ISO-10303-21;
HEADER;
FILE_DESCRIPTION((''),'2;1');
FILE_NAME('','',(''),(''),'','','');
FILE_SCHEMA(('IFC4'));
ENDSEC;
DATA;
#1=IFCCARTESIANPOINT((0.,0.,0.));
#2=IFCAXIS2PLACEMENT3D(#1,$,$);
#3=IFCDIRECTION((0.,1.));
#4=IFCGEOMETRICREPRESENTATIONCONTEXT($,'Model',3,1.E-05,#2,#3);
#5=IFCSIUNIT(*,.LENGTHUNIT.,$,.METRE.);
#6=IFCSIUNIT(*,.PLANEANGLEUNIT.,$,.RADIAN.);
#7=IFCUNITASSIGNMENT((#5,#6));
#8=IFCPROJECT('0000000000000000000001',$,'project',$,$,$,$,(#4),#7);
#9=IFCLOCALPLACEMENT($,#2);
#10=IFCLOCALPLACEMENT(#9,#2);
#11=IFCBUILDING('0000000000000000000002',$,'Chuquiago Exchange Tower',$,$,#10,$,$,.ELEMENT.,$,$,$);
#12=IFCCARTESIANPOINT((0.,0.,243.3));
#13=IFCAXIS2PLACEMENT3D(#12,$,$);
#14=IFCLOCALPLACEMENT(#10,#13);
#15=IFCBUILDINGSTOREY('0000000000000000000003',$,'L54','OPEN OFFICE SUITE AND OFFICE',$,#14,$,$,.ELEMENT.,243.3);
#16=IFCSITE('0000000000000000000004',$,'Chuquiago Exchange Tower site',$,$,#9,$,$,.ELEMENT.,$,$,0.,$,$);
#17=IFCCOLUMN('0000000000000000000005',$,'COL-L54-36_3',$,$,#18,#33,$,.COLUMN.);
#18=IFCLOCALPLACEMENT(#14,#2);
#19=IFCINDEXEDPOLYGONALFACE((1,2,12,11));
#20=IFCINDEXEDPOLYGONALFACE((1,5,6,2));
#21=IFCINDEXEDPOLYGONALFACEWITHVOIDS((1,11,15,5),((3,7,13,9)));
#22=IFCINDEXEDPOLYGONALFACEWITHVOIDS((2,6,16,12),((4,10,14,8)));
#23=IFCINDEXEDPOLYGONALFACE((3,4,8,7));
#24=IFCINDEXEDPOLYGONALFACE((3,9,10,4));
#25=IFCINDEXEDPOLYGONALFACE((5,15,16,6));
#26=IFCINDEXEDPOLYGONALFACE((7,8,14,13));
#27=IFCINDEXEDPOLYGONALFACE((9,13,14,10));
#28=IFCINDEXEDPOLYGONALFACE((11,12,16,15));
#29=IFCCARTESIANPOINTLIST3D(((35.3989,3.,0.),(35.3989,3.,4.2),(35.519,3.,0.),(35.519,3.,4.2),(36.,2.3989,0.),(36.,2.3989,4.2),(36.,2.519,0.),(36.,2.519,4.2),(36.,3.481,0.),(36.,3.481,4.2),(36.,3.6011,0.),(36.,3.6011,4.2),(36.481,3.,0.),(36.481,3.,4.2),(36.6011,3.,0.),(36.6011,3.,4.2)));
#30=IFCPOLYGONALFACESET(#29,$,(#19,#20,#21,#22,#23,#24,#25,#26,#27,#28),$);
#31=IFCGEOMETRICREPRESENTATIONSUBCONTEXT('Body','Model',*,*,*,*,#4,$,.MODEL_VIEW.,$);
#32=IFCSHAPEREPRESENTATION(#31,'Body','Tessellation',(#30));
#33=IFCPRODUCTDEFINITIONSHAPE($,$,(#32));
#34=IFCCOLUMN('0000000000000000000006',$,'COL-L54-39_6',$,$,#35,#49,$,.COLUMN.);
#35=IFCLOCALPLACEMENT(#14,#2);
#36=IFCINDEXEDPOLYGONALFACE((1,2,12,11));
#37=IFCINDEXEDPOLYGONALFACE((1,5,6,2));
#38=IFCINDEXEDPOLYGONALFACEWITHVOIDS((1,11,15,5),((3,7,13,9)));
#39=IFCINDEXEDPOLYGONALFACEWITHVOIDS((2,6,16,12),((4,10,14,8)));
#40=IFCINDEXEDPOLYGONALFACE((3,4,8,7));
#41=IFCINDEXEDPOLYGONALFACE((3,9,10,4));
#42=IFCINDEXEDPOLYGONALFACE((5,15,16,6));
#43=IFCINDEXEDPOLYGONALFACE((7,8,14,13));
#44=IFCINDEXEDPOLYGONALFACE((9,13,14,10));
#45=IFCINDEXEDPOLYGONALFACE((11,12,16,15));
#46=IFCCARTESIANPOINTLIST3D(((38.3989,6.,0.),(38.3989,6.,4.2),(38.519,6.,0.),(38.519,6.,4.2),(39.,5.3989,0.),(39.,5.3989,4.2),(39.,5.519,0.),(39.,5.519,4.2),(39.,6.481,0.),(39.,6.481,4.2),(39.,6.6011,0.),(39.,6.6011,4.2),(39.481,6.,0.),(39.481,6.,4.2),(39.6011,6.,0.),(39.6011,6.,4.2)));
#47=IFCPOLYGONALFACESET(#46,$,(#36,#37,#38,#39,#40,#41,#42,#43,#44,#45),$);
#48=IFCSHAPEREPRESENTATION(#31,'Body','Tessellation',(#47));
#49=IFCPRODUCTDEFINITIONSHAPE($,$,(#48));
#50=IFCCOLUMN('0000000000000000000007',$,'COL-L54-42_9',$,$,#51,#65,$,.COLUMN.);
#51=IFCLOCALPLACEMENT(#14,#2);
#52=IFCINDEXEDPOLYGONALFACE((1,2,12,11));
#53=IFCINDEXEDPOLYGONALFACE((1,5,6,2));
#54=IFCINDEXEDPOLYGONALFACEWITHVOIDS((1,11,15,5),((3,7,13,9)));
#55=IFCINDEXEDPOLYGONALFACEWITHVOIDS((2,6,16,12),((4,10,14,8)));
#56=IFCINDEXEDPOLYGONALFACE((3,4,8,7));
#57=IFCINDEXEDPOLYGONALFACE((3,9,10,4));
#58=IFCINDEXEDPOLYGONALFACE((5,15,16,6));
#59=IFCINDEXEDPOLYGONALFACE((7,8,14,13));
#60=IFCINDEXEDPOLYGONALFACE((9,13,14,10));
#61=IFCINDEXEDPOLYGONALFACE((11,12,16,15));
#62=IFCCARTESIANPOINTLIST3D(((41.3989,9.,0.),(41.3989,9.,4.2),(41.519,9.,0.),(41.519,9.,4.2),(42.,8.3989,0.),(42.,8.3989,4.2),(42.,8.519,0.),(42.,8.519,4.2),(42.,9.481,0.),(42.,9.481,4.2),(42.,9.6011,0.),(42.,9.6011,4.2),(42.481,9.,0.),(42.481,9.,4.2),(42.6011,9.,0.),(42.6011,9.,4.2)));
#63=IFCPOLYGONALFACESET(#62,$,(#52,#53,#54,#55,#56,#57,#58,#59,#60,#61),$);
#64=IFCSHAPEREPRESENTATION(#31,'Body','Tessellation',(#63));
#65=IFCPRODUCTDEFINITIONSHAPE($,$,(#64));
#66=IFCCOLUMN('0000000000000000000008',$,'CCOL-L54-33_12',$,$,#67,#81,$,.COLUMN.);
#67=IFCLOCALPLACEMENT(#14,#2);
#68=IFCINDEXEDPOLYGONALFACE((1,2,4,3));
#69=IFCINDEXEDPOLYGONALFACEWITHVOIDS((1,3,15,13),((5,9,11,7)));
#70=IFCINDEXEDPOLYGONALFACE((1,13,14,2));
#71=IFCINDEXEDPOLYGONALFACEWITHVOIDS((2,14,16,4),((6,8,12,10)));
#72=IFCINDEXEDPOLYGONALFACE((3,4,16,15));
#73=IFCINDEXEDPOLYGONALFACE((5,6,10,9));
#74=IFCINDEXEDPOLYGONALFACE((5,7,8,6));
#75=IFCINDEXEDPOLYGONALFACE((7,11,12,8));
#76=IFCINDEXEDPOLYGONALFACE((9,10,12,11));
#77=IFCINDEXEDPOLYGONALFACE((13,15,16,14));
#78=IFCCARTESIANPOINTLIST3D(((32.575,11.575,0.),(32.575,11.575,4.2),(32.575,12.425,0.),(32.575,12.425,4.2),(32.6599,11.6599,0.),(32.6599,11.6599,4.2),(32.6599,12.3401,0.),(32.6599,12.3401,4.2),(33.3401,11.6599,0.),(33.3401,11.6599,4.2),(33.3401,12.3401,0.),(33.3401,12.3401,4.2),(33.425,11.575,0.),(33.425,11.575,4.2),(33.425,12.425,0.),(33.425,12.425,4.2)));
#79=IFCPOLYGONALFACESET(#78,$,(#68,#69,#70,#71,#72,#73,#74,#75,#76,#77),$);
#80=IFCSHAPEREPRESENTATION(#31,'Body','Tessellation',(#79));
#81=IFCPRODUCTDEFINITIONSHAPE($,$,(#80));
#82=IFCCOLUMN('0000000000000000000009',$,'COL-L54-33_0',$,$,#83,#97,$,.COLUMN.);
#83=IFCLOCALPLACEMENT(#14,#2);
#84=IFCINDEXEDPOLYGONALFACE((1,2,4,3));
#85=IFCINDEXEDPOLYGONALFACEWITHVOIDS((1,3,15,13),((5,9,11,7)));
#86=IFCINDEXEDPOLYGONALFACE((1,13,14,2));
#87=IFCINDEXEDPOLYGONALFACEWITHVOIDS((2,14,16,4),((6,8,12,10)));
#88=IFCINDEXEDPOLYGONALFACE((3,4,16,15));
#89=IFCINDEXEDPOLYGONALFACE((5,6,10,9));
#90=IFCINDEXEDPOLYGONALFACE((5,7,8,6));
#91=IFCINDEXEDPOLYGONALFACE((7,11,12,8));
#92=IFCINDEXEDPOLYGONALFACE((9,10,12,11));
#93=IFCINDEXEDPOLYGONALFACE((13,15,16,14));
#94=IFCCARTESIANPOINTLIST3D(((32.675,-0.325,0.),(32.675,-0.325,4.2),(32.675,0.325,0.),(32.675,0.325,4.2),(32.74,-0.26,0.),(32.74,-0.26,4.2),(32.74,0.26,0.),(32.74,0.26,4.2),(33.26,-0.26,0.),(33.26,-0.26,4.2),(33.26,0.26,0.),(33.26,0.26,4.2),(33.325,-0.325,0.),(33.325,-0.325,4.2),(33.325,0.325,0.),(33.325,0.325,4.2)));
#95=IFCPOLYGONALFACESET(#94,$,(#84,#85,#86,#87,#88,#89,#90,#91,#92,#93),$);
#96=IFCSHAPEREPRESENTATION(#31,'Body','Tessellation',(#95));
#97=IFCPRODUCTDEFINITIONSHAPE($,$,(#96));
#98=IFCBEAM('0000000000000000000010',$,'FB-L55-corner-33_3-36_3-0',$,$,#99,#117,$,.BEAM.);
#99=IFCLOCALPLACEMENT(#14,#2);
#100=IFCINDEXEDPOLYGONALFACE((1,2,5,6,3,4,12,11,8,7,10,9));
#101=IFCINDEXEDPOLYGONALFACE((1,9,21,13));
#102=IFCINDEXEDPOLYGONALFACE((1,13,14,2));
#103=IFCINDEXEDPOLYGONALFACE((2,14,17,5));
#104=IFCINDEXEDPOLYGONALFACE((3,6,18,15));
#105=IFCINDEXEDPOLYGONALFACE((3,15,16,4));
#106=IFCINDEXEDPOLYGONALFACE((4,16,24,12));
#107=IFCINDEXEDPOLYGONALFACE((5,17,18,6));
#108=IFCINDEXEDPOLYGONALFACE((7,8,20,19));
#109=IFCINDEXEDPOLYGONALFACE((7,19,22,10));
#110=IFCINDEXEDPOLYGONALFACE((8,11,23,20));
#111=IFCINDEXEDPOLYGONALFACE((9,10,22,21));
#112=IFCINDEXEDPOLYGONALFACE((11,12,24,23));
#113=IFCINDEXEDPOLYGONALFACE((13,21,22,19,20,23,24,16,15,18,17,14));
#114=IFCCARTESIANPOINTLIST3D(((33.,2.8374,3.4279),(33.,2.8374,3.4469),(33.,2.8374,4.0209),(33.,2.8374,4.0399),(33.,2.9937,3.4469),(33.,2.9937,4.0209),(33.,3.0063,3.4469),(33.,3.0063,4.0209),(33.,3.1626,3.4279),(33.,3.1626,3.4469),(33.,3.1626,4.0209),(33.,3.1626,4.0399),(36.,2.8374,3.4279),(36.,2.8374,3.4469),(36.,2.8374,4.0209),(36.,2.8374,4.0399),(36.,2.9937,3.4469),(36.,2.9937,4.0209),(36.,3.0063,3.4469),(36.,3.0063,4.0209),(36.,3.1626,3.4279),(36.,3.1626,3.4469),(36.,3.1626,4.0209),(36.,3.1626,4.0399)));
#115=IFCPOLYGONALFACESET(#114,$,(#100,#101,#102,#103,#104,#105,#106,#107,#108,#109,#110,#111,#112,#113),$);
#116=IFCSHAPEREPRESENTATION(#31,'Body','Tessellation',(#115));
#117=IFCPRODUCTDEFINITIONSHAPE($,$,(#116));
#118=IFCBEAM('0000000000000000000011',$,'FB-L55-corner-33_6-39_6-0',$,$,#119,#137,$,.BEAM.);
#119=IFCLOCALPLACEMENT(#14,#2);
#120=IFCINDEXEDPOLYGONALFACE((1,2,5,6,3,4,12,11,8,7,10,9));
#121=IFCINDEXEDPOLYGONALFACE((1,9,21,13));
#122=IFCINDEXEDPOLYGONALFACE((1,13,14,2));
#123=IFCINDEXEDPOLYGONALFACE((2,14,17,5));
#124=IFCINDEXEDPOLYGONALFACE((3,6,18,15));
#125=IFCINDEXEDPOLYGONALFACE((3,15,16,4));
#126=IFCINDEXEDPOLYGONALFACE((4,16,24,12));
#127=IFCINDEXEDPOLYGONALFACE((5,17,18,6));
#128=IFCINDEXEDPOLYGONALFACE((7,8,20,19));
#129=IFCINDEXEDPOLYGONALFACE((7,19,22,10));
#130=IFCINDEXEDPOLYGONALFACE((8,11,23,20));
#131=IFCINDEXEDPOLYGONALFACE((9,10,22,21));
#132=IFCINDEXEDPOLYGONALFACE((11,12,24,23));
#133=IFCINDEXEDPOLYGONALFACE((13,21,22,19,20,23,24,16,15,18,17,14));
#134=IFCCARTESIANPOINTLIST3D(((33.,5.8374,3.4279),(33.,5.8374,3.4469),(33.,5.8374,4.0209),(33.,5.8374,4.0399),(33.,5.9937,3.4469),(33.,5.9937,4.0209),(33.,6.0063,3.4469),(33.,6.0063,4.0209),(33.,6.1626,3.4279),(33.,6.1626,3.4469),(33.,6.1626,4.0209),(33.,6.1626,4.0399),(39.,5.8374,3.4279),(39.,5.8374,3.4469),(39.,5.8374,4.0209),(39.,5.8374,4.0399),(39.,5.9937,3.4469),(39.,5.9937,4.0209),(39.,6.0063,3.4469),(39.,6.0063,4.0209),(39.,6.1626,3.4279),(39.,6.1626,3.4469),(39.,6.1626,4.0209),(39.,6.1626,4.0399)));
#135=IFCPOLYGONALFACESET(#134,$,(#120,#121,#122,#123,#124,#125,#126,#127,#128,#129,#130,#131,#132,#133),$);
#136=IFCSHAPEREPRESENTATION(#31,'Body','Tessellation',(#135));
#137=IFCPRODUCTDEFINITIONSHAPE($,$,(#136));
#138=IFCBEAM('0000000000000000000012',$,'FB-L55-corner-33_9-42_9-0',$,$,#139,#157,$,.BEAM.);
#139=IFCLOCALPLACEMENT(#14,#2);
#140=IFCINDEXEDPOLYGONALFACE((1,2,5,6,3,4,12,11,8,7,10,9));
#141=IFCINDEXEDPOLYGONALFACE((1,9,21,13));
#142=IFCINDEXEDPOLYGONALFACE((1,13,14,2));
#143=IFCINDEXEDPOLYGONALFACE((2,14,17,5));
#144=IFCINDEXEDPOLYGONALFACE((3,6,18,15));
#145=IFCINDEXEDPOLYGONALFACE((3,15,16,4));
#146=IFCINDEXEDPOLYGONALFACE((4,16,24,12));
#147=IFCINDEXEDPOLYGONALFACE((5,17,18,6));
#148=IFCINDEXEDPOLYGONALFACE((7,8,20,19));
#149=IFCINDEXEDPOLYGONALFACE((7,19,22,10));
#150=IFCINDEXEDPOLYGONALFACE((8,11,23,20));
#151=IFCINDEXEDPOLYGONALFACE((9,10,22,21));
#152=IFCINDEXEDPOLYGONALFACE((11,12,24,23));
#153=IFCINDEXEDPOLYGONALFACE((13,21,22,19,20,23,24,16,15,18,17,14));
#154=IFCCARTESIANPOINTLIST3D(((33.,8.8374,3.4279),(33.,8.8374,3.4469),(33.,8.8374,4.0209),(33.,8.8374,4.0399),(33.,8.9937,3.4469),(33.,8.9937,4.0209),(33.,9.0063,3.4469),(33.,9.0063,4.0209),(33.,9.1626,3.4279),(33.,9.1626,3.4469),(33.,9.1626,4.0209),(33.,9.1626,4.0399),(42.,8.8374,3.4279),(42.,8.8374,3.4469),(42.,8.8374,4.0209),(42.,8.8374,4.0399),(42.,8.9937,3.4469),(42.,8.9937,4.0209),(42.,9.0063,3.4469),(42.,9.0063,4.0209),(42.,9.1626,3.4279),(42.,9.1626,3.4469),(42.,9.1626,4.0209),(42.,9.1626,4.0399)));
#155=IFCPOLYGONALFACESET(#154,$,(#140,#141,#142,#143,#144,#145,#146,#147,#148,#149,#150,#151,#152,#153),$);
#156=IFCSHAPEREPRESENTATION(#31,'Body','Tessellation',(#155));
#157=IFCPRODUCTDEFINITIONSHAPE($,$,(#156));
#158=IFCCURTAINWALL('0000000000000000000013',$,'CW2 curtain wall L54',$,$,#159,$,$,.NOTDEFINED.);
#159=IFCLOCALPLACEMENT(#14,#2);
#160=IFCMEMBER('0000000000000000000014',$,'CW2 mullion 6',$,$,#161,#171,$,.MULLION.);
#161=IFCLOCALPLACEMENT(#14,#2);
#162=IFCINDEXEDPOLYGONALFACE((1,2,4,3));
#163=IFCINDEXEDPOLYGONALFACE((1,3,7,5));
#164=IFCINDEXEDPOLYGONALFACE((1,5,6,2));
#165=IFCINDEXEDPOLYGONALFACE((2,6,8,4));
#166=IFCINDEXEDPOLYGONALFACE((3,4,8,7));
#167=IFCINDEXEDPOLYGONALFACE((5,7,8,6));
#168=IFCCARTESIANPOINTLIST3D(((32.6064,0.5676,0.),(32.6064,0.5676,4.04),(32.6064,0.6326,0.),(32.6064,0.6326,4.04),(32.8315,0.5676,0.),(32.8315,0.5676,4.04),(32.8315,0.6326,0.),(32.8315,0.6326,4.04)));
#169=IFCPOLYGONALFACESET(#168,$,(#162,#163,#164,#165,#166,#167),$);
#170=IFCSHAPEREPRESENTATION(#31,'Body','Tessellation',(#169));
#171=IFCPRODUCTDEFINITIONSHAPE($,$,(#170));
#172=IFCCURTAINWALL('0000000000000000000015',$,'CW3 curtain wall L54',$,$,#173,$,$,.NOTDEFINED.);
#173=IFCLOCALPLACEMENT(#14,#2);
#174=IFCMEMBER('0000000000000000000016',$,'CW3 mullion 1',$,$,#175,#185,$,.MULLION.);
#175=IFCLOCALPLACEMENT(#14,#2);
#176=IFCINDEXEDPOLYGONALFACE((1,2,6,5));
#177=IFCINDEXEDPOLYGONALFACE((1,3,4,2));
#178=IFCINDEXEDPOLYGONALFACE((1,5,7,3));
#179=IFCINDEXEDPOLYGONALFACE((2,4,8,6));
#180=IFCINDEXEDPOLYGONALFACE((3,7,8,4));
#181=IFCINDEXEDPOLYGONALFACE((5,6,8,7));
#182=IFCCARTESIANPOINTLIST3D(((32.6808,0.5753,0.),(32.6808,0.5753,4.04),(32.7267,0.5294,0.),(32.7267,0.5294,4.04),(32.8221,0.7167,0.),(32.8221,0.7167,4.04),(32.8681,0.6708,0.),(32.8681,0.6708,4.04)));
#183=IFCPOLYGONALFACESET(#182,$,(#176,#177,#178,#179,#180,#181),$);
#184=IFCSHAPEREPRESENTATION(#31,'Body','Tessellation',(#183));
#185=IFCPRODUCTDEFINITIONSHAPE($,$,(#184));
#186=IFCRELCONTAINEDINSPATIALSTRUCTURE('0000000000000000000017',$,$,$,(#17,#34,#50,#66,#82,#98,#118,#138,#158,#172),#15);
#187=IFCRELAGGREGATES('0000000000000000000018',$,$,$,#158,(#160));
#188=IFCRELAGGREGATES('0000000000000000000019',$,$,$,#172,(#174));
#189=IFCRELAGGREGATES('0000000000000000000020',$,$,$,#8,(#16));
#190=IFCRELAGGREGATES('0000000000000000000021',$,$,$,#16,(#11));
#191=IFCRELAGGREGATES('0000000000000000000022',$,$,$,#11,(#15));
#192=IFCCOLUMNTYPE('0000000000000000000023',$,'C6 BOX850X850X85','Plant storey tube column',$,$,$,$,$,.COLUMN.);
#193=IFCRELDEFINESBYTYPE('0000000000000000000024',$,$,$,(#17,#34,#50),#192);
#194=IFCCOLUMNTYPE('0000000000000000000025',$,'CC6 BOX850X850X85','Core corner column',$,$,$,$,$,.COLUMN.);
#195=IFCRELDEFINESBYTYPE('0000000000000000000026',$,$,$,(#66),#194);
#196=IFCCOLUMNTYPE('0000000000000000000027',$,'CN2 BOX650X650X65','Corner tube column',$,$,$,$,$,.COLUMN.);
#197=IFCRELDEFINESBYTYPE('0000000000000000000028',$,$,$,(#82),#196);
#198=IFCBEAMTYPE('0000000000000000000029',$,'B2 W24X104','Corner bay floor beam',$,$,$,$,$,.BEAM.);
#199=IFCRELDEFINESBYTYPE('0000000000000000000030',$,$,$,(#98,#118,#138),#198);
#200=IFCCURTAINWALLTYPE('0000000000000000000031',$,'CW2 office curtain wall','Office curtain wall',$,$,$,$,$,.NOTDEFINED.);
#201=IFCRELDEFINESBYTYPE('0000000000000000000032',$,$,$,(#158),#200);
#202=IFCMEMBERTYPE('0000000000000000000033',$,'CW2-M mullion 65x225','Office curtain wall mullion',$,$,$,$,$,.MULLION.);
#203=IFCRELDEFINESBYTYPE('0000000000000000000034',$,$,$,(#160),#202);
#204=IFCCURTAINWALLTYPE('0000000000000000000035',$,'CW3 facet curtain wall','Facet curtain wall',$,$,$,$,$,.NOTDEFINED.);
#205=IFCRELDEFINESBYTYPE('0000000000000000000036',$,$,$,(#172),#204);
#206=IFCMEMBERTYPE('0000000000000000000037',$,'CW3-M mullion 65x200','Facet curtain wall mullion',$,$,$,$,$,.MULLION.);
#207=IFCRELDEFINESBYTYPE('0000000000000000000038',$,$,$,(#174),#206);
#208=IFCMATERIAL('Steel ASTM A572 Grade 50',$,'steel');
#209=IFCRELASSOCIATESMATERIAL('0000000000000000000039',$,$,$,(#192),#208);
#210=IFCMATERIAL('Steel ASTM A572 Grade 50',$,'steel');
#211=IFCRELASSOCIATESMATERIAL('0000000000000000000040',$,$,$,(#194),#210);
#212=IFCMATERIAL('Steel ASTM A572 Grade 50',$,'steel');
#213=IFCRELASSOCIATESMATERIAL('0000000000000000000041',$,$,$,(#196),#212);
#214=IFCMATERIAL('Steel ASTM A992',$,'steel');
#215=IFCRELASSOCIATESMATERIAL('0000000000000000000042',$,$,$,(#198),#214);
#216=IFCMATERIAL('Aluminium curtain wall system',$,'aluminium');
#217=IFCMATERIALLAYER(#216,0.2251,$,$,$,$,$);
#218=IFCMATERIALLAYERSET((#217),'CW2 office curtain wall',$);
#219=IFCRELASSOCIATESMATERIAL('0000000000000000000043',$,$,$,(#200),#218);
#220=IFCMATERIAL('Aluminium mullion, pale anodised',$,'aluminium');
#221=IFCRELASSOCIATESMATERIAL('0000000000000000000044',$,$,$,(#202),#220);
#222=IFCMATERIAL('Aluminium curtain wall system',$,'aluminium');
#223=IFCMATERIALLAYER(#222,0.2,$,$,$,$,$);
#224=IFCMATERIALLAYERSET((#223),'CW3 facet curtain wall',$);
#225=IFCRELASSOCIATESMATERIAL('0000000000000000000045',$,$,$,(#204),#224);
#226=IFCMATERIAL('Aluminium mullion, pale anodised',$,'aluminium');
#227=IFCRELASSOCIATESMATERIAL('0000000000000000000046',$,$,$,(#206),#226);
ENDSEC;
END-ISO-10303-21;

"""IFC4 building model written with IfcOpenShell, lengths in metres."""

from ifc_helpers import new_model, si_unit, direction, frame, origin, origin_2d, place, context, subcontext, project, spatial, rectangle, hollow_rectangle, i_section, extrude, material, layer, layer_set, material_profile, profile_set, type_object, element, aggregate, save


model = new_model("IFC4")

# Units and contexts
model_context = context("Model", 3, precision=1e-05, world=origin(), true_north=direction((0.0, 1.0)))
body_context = subcontext(model_context, "Body", "Model", "MODEL_VIEW")
ifc_project = project(units=[si_unit("LENGTHUNIT", "METRE"), si_unit("PLANEANGLEUNIT", "RADIAN")], contexts=[model_context])

# Site, building, storey
site_placement = place(None, origin())
site = spatial("IfcSite", under=ifc_project, at=site_placement, Name="Chuquiago Exchange Tower site", CompositionType="ELEMENT", RefElevation=0.0)
building_placement = place(site_placement, origin())
building = spatial("IfcBuilding", under=site, at=building_placement, Name="Chuquiago Exchange Tower", CompositionType="ELEMENT")
storey_placement = place(building_placement, frame((0.0, 0.0, 243.3)))
storey = spatial("IfcBuildingStorey", under=building, at=storey_placement, Name="L54", Description="OPEN OFFICE SUITE AND OFFICE", CompositionType="ELEMENT", Elevation=243.3)

# Columns
ifc_material_1 = material(Name="Steel ASTM A572 Grade 50", Category="steel")
ifc_material_profile_1 = material_profile(ifc_material_1, hollow_rectangle(XDim=0.8501, YDim=0.8501, WallThickness=0.085, at=origin_2d()), Name="BOX850X850X85")
ifc_profile_set_1 = profile_set([ifc_material_profile_1], Name="Steel ASTM A572 Grade 50")
column_type_1 = type_object("IfcColumnType", Name="C6 BOX850X850X85", Description="Plant storey tube column", PredefinedType="COLUMN", material=ifc_profile_set_1)
for number, where, z_axis, x_axis, name in (
    (1, (36.0, 3.0, 0.0), (0.0, 0.0, 1.0), (0.707107, -0.707107, 0.0), "COL-L54-36_3"),
    (2, (39.0, 6.0, 0.0), (0.0, 0.0, 1.0), (0.707107, -0.707107, 0.0), "COL-L54-39_6"),
    (3, (42.0, 9.0, 0.0), (0.0, 0.0, 1.0), (0.707107, -0.707107, 0.0), "COL-L54-42_9"),
):
    element("IfcColumn", number, at=place(storey_placement, frame(where, z_axis=z_axis, x_axis=x_axis)), inside=storey, type_object=column_type_1, Name=name, PredefinedType="COLUMN", context=body_context, shape_type="SweptSolid", body=[
        extrude(hollow_rectangle(XDim=0.8501, YDim=0.8501, WallThickness=0.085, at=origin_2d()), origin(), (0.0, 0.0, 1.0), 4.2),
    ])
ifc_material_2 = material(Name="Steel ASTM A572 Grade 50", Category="steel")
ifc_material_profile_2 = material_profile(ifc_material_2, hollow_rectangle(XDim=0.8501, YDim=0.8501, WallThickness=0.085, at=origin_2d()), Name="BOX850X850X85")
ifc_profile_set_2 = profile_set([ifc_material_profile_2], Name="Steel ASTM A572 Grade 50")
column_type_2 = type_object("IfcColumnType", Name="CC6 BOX850X850X85", Description="Core corner column", PredefinedType="COLUMN", material=ifc_profile_set_2)
column_1_placement = place(storey_placement, frame((33.0, 12.0, 0.0), z_axis=(0.0, 0.0, 1.0), x_axis=(1.0, 0.0, 0.0)))
element("IfcColumn", 4, at=column_1_placement, inside=storey, type_object=column_type_2, Name="CCOL-L54-33_12", PredefinedType="COLUMN", context=body_context, shape_type="SweptSolid", body=[
    extrude(hollow_rectangle(XDim=0.8501, YDim=0.8501, WallThickness=0.085, at=origin_2d()), origin(), (0.0, 0.0, 1.0), 4.2),
])
ifc_material_3 = material(Name="Steel ASTM A572 Grade 50", Category="steel")
ifc_material_profile_3 = material_profile(ifc_material_3, hollow_rectangle(XDim=0.6499, YDim=0.6499, WallThickness=0.0649, at=origin_2d()), Name="BOX650X650X65")
ifc_profile_set_3 = profile_set([ifc_material_profile_3], Name="Steel ASTM A572 Grade 50")
column_type_3 = type_object("IfcColumnType", Name="CN2 BOX650X650X65", Description="Corner tube column", PredefinedType="COLUMN", material=ifc_profile_set_3)
column_2_placement = place(storey_placement, frame((33.0, 0.0, 0.0), z_axis=(0.0, 0.0, 1.0), x_axis=(0.0, -1.0, 0.0)))
element("IfcColumn", 5, at=column_2_placement, inside=storey, type_object=column_type_3, Name="COL-L54-33_0", PredefinedType="COLUMN", context=body_context, shape_type="SweptSolid", body=[
    extrude(hollow_rectangle(XDim=0.6499, YDim=0.6499, WallThickness=0.0649, at=origin_2d()), origin(), (0.0, 0.0, 1.0), 4.2),
])

# Beams
ifc_material_4 = material(Name="Steel ASTM A992", Category="steel")
ifc_material_profile_4 = material_profile(ifc_material_4, i_section(OverallWidth=0.3252, OverallDepth=0.6121, WebThickness=0.0127, FlangeThickness=0.019, at=origin_2d()), Name="W24X104")
ifc_profile_set_4 = profile_set([ifc_material_profile_4], Name="Steel ASTM A992")
beam_type_1 = type_object("IfcBeamType", Name="B2 W24X104", Description="Corner bay floor beam", PredefinedType="BEAM", material=ifc_profile_set_4)
beam_1_placement = place(storey_placement, frame((33.0, 3.0, 3.7339), z_axis=(1.0, 0.0, 0.0), x_axis=(0.0, 1.0, 0.0)))
element("IfcBeam", 6, at=beam_1_placement, inside=storey, type_object=beam_type_1, Name="FB-L55-corner-33_3-36_3-0", PredefinedType="BEAM", context=body_context, shape_type="SweptSolid", body=[
    extrude(i_section(OverallWidth=0.3252, OverallDepth=0.6121, WebThickness=0.0127, FlangeThickness=0.019, at=origin_2d()), origin(), (0.0, 0.0, 1.0), 3.0),
])
beam_2_placement = place(storey_placement, frame((33.0, 6.0, 3.7339), z_axis=(1.0, 0.0, 0.0), x_axis=(0.0, 1.0, 0.0)))
element("IfcBeam", 7, at=beam_2_placement, inside=storey, type_object=beam_type_1, Name="FB-L55-corner-33_6-39_6-0", PredefinedType="BEAM", context=body_context, shape_type="SweptSolid", body=[
    extrude(i_section(OverallWidth=0.3252, OverallDepth=0.6121, WebThickness=0.0127, FlangeThickness=0.019, at=origin_2d()), origin(), (0.0, 0.0, 1.0), 6.0),
])
beam_3_placement = place(storey_placement, frame((33.0, 9.0, 3.7339), z_axis=(1.0, 0.0, 0.0), x_axis=(0.0, 1.0, 0.0)))
element("IfcBeam", 8, at=beam_3_placement, inside=storey, type_object=beam_type_1, Name="FB-L55-corner-33_9-42_9-0", PredefinedType="BEAM", context=body_context, shape_type="SweptSolid", body=[
    extrude(i_section(OverallWidth=0.3252, OverallDepth=0.6121, WebThickness=0.0127, FlangeThickness=0.019, at=origin_2d()), origin(), (0.0, 0.0, 1.0), 9.0),
])

# Curtain wall, member
ifc_material_5 = material(Name="Aluminium curtain wall system", Category="aluminium")
ifc_layer_1 = layer(ifc_material_5, 0.2251)
ifc_layer_set_1 = layer_set([ifc_layer_1], Name="CW2 office curtain wall")
curtain_wall_type_1 = type_object("IfcCurtainWallType", Name="CW2 office curtain wall", Description="Office curtain wall", PredefinedType="NOTDEFINED", material=ifc_layer_set_1)
curtain_wall_1_placement = place(storey_placement, origin())
curtain_wall_1 = element("IfcCurtainWall", 9, at=curtain_wall_1_placement, inside=storey, type_object=curtain_wall_type_1, Name="CW2 curtain wall L54", PredefinedType="NOTDEFINED")
ifc_material_6 = material(Name="Aluminium mullion, pale anodised", Category="aluminium")
ifc_material_profile_5 = material_profile(ifc_material_6, rectangle(XDim=0.0649, YDim=0.2251, at=origin_2d()), Name="AL 65x225")
ifc_profile_set_5 = profile_set([ifc_material_profile_5], Name="Aluminium mullion, pale anodised")
member_type_1 = type_object("IfcMemberType", Name="CW2-M mullion 65x225", Description="Office curtain wall mullion", PredefinedType="MULLION", material=ifc_profile_set_5)
member_1_placement = place(storey_placement, frame((32.719, 0.6001, 0.0), z_axis=(0.0, 0.0, 1.0), x_axis=(0.0, 1.0, 0.0)))
member_1 = element("IfcMember", 10, at=member_1_placement, type_object=member_type_1, Name="CW2 mullion 6", PredefinedType="MULLION", context=body_context, shape_type="SweptSolid", body=[
    extrude(rectangle(XDim=0.0649, YDim=0.2251, at=origin_2d()), origin(), (0.0, 0.0, 1.0), 4.04),
])

# Curtain wall, member
ifc_material_7 = material(Name="Aluminium curtain wall system", Category="aluminium")
ifc_layer_2 = layer(ifc_material_7, 0.2)
ifc_layer_set_2 = layer_set([ifc_layer_2], Name="CW3 facet curtain wall")
curtain_wall_type_2 = type_object("IfcCurtainWallType", Name="CW3 facet curtain wall", Description="Facet curtain wall", PredefinedType="NOTDEFINED", material=ifc_layer_set_2)
curtain_wall_2_placement = place(storey_placement, origin())
curtain_wall_2 = element("IfcCurtainWall", 11, at=curtain_wall_2_placement, inside=storey, type_object=curtain_wall_type_2, Name="CW3 curtain wall L54", PredefinedType="NOTDEFINED")
ifc_material_8 = material(Name="Aluminium mullion, pale anodised", Category="aluminium")
ifc_material_profile_6 = material_profile(ifc_material_8, rectangle(XDim=0.0649, YDim=0.2, at=origin_2d()), Name="AL 65x200")
ifc_profile_set_6 = profile_set([ifc_material_profile_6], Name="Aluminium mullion, pale anodised")
member_type_2 = type_object("IfcMemberType", Name="CW3-M mullion 65x200", Description="Facet curtain wall mullion", PredefinedType="MULLION", material=ifc_profile_set_6)
member_2_placement = place(storey_placement, frame((32.7744, 0.623, 0.0), z_axis=(0.0, 0.0, 1.0), x_axis=(-0.707107, 0.707107, 0.0)))
member_2 = element("IfcMember", 12, at=member_2_placement, type_object=member_type_2, Name="CW3 mullion 1", PredefinedType="MULLION", context=body_context, shape_type="SweptSolid", body=[
    extrude(rectangle(XDim=0.0649, YDim=0.2, at=origin_2d()), origin(), (0.0, 0.0, 1.0), 4.04),
])

aggregate(curtain_wall_1, [member_1])
aggregate(curtain_wall_2, [member_2])

save(model, "model.ifc")
